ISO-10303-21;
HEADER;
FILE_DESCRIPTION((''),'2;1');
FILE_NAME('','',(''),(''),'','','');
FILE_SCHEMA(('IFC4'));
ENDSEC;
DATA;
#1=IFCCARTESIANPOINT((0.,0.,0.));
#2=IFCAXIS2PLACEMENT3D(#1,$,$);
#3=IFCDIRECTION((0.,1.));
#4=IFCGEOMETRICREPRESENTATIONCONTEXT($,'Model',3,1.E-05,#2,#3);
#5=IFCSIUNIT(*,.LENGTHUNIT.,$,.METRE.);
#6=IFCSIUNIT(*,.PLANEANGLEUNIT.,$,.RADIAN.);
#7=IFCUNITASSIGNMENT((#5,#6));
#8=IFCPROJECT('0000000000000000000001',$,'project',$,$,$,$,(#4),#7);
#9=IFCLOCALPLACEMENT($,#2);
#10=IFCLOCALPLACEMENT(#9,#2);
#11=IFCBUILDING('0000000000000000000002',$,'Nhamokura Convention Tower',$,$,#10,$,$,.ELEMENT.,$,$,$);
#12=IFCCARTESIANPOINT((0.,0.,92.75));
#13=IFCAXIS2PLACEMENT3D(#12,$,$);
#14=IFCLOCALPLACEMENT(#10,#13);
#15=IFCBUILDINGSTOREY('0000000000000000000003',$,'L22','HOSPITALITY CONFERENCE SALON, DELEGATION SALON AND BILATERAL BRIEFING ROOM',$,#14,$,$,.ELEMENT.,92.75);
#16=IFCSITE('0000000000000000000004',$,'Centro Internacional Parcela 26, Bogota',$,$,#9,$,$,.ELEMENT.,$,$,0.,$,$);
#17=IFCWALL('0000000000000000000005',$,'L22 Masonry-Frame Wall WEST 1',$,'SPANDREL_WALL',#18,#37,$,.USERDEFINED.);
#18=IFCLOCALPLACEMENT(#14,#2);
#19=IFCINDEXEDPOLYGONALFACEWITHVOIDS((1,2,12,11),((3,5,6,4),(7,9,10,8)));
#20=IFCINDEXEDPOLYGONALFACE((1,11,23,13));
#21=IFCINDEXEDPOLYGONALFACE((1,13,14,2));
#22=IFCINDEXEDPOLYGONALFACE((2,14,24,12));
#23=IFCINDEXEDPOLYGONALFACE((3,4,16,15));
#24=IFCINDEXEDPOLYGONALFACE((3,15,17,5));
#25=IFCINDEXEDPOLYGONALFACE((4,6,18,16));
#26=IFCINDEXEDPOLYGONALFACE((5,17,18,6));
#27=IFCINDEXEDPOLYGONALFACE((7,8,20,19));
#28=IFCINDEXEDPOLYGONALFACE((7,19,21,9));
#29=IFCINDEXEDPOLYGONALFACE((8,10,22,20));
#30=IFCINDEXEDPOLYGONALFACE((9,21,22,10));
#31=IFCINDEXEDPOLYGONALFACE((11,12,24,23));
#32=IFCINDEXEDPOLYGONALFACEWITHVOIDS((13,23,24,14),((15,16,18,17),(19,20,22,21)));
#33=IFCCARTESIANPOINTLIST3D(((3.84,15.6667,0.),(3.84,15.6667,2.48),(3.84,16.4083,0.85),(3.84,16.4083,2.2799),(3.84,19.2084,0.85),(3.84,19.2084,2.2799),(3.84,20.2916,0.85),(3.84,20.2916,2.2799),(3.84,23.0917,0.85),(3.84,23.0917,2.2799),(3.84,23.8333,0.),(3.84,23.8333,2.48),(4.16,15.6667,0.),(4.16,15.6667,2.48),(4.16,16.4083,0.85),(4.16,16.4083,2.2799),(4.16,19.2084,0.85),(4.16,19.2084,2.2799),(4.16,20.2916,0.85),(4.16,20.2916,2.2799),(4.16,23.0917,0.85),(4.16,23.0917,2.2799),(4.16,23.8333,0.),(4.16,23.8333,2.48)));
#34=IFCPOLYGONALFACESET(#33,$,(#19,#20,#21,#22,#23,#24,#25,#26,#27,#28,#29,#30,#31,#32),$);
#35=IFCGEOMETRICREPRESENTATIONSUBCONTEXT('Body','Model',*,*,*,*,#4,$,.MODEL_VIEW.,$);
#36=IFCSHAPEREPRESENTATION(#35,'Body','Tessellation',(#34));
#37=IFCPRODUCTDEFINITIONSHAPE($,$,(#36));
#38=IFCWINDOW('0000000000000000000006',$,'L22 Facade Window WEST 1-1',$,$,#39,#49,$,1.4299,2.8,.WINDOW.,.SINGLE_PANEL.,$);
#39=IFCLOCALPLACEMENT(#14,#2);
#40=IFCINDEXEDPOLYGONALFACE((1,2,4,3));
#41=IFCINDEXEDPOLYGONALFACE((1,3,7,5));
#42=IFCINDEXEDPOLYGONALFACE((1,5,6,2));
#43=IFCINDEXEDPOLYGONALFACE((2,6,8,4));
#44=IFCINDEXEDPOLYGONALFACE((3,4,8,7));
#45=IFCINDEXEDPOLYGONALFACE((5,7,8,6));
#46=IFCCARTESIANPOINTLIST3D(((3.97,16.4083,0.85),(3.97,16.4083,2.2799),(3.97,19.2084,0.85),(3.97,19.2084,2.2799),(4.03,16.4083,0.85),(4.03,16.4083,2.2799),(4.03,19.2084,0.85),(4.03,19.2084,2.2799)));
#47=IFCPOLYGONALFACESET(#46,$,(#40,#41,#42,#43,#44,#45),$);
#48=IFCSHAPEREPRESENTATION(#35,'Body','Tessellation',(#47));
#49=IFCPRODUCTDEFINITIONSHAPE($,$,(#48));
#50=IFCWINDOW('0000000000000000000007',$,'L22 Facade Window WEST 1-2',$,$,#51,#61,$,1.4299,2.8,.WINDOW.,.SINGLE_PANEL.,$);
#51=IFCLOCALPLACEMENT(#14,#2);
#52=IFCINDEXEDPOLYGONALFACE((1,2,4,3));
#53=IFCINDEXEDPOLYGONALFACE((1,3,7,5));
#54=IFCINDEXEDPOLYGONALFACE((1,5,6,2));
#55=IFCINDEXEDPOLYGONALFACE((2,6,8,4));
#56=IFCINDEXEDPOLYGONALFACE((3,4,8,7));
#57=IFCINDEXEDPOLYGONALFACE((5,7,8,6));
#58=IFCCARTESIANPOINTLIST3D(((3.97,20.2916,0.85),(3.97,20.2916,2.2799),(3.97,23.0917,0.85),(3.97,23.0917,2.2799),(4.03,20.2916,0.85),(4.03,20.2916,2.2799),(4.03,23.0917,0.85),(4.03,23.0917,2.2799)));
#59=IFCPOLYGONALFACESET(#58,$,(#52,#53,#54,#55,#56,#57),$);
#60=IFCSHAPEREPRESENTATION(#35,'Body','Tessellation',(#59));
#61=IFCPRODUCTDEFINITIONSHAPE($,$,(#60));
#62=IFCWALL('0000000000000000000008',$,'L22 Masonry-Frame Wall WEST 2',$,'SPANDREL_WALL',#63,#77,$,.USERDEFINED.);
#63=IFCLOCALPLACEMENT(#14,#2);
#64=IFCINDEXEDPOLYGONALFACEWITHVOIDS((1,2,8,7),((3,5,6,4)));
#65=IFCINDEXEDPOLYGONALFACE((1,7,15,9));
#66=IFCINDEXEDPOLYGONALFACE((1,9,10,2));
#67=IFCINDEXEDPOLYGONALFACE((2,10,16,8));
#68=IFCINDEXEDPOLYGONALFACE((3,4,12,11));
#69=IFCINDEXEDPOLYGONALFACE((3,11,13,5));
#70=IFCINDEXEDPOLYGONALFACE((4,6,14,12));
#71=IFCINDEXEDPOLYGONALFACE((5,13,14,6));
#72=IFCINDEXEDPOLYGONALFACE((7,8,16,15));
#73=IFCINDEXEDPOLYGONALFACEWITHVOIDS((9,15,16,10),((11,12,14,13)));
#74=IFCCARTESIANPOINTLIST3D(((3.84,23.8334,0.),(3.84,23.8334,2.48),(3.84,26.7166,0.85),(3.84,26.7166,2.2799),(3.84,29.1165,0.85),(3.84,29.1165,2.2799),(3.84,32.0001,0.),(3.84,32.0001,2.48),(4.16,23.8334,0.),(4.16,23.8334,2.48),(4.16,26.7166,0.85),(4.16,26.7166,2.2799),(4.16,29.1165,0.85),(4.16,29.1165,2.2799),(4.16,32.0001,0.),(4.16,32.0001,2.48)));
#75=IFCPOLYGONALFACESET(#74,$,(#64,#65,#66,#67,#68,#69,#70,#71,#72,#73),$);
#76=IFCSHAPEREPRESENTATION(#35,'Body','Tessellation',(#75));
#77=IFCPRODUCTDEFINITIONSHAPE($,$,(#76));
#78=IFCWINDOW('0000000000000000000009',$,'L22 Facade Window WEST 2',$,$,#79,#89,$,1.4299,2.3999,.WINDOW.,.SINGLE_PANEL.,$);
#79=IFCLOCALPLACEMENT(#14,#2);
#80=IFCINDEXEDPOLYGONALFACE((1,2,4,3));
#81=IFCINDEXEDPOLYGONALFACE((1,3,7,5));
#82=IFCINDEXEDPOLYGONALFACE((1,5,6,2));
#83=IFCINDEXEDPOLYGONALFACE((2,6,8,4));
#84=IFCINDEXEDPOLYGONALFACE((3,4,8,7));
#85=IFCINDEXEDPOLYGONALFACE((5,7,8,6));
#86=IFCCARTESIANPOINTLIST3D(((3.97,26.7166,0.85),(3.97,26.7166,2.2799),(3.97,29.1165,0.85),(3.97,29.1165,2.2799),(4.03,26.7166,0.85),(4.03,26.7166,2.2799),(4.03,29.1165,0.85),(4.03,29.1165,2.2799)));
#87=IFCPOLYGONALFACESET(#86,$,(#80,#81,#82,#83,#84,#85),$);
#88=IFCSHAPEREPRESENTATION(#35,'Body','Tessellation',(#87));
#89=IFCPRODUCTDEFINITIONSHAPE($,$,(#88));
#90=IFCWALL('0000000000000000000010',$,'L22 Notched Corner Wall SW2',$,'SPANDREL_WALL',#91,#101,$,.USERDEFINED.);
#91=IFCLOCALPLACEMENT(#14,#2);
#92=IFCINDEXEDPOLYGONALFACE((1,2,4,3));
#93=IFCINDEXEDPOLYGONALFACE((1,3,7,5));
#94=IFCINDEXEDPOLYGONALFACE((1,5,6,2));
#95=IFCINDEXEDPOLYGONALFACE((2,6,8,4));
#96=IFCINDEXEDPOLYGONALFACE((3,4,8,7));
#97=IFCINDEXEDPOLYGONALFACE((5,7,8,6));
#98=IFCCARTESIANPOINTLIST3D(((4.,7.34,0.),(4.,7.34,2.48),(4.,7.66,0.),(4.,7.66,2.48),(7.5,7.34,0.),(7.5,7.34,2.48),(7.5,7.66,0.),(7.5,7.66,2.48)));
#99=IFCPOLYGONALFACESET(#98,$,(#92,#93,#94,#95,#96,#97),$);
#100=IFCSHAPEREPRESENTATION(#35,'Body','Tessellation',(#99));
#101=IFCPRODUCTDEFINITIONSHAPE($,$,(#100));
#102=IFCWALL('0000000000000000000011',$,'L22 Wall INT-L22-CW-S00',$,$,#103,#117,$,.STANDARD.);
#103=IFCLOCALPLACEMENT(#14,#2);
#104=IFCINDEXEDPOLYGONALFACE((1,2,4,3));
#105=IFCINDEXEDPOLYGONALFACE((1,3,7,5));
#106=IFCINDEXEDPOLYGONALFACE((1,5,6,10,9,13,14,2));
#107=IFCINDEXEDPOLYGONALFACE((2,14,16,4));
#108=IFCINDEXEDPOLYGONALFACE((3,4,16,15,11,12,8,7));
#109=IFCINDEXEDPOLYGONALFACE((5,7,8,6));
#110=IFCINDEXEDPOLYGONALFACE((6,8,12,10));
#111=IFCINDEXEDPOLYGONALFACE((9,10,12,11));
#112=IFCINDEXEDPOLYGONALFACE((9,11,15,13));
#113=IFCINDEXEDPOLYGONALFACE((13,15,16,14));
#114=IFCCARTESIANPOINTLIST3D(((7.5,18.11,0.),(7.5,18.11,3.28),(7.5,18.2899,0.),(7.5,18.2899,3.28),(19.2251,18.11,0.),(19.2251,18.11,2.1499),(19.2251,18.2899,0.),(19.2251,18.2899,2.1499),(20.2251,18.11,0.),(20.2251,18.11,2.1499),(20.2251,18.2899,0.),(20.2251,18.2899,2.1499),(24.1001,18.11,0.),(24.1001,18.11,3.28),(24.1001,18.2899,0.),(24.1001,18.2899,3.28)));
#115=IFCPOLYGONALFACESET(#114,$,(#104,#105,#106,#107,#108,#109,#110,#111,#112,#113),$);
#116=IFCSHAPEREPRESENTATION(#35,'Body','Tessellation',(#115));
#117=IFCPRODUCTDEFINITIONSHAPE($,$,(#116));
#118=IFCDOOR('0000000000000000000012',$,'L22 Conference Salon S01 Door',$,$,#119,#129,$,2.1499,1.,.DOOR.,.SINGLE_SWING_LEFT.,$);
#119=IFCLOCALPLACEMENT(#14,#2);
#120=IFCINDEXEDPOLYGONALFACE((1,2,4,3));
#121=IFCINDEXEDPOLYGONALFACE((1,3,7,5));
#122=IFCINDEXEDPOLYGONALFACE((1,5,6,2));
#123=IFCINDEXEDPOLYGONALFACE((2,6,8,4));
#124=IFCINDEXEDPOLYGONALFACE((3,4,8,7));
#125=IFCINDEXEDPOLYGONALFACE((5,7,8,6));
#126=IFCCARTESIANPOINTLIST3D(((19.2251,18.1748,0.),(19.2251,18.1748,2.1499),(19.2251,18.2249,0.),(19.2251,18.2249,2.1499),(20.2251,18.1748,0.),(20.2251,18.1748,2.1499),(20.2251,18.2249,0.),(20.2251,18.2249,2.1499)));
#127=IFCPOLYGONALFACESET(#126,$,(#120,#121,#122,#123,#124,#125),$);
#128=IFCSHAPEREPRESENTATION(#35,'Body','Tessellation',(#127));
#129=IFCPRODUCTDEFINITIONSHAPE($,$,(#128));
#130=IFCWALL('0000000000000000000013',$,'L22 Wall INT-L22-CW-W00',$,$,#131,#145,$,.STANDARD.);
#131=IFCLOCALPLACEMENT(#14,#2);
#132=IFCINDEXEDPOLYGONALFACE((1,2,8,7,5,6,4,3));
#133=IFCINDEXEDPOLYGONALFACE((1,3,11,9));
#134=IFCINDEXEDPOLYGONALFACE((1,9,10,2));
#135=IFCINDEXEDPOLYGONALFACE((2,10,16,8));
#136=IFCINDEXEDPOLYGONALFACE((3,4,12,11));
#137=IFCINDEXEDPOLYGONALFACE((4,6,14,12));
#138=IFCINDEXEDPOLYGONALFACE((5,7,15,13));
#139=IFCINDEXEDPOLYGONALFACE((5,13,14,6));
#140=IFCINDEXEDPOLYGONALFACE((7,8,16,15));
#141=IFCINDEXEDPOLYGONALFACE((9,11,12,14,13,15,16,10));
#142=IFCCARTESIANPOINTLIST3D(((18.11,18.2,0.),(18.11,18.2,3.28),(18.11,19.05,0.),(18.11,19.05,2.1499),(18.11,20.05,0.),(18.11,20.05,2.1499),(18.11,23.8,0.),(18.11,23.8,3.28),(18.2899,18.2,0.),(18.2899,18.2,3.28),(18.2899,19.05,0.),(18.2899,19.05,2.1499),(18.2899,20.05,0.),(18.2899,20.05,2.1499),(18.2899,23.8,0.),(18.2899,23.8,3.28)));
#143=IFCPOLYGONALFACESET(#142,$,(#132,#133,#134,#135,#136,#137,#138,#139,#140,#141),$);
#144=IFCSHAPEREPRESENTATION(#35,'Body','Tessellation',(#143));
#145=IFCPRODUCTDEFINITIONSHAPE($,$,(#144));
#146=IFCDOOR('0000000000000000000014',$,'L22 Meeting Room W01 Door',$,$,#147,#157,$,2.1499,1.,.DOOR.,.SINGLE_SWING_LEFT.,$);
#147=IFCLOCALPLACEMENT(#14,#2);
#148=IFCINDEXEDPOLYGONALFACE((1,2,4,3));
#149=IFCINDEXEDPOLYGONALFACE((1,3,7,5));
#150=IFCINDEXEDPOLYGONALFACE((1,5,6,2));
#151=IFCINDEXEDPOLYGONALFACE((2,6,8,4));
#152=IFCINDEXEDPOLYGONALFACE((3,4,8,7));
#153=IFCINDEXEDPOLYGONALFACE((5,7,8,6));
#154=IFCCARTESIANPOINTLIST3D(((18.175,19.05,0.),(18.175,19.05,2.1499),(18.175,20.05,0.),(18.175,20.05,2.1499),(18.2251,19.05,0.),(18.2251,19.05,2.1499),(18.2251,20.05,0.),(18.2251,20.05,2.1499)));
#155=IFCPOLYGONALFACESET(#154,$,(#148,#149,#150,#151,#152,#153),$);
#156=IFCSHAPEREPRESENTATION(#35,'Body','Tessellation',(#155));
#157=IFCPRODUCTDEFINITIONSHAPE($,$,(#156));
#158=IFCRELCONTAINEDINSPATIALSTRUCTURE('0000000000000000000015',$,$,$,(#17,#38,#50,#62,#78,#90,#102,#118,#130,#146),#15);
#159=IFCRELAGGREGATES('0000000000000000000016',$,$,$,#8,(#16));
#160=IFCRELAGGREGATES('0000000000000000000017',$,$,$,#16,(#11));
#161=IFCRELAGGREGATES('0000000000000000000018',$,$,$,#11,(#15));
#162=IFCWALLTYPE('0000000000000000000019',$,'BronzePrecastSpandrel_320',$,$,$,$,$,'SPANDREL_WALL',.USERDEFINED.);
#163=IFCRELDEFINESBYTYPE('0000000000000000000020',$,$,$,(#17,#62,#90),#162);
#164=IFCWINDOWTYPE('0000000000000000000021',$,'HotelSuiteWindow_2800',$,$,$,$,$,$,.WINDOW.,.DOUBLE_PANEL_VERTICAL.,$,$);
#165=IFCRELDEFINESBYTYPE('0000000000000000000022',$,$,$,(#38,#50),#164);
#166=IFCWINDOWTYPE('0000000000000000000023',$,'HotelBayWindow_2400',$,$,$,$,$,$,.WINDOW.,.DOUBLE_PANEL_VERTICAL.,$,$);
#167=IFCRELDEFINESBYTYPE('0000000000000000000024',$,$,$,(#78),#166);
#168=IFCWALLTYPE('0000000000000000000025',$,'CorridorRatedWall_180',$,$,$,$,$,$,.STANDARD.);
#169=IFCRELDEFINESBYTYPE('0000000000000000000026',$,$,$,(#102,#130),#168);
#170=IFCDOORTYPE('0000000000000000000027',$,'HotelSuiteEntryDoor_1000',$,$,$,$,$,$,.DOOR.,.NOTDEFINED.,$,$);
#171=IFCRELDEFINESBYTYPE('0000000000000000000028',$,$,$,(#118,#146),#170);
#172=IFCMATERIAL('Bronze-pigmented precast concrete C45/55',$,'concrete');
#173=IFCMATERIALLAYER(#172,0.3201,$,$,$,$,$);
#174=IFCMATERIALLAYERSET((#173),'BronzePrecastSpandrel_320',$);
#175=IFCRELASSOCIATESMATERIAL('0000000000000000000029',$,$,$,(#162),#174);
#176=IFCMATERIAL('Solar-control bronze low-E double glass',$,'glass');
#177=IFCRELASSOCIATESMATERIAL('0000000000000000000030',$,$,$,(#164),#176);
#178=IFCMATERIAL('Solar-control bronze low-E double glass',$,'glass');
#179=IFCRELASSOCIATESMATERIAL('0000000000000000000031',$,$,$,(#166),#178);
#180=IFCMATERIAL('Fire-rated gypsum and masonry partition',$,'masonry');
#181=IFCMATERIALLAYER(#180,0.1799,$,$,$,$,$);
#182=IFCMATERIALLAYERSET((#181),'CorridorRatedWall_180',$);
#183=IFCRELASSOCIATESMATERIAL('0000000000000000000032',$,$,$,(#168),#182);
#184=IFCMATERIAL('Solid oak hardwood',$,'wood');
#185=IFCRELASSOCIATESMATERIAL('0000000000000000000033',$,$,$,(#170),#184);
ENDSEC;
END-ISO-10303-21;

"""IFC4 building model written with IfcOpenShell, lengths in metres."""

from ifc_helpers import new_model, si_unit, direction, frame, frame_2d, origin, place, context, subcontext, project, spatial, rectangle, extrude, material, layer, layer_set, type_object, element, fill, save


model = new_model("IFC4")

# Units and contexts
model_context = context("Model", 3, precision=1e-05, world=origin(), true_north=direction((0.0, 1.0)))
body_context = subcontext(model_context, "Body", "Model", "MODEL_VIEW")
ifc_project = project(units=[si_unit("LENGTHUNIT", "METRE"), si_unit("PLANEANGLEUNIT", "RADIAN")], contexts=[model_context])

# Site, building, storey
site_placement = place(None, origin())
site = spatial("IfcSite", under=ifc_project, at=site_placement, Name="Centro Internacional Parcela 26, Bogota", CompositionType="ELEMENT", RefElevation=0.0)
building_placement = place(site_placement, origin())
building = spatial("IfcBuilding", under=site, at=building_placement, Name="Nhamokura Convention Tower", CompositionType="ELEMENT")
storey_placement = place(building_placement, frame((0.0, 0.0, 92.75)))
storey = spatial("IfcBuildingStorey", under=building, at=storey_placement, Name="L22", Description="HOSPITALITY CONFERENCE SALON, DELEGATION SALON AND BILATERAL BRIEFING ROOM", CompositionType="ELEMENT", Elevation=92.75)

# Wall, openings, windows
ifc_material_1 = material(Name="Bronze-pigmented precast concrete C45/55", Category="concrete")
ifc_layer_1 = layer(ifc_material_1, 0.3201)
ifc_layer_set_1 = layer_set([ifc_layer_1], Name="BronzePrecastSpandrel_320")
wall_type_1 = type_object("IfcWallType", Name="BronzePrecastSpandrel_320", ElementType="SPANDREL_WALL", PredefinedType="USERDEFINED", material=ifc_layer_set_1)
wall_1_placement = place(storey_placement, frame((4.0, 15.6667, 0.0), z_axis=(0.0, 0.0, 1.0), x_axis=(0.0, 1.0, 0.0)))
wall_1 = element("IfcWall", 1, at=wall_1_placement, inside=storey, type_object=wall_type_1, Name="L22 Masonry-Frame Wall WEST 1", ObjectType="SPANDREL_WALL", PredefinedType="USERDEFINED", context=body_context, shape_type="SweptSolid", body=[
    extrude(rectangle(XDim=8.1665, YDim=0.3201, at=frame_2d((4.0833, 0.0))), origin(), (0.0, 0.0, 1.0), 2.48),
])
opening_1_placement = place(wall_1_placement, frame((0.7417, 0.0, 0.8501)))
opening_1 = element("IfcOpeningElement", 2, at=opening_1_placement, cuts=wall_1, PredefinedType="OPENING", context=body_context, shape_type="SweptSolid", body=[
    extrude(rectangle(XDim=2.8, YDim=1.4299, at=frame_2d((1.3999, 0.7148))), frame((0.0, 0.1699, 0.0), z_axis=(0.0, -1.0, 0.0), x_axis=(1.0, 0.0, 0.0)), (0.0, 0.0, 1.0), 0.3401),
])
opening_2_placement = place(wall_1_placement, frame((4.625, 0.0, 0.8501)))
opening_2 = element("IfcOpeningElement", 3, at=opening_2_placement, cuts=wall_1, PredefinedType="OPENING", context=body_context, shape_type="SweptSolid", body=[
    extrude(rectangle(XDim=2.8, YDim=1.4299, at=frame_2d((1.3999, 0.7148))), frame((0.0, 0.1699, 0.0), z_axis=(0.0, -1.0, 0.0), x_axis=(1.0, 0.0, 0.0)), (0.0, 0.0, 1.0), 0.3401),
])
ifc_material_2 = material(Name="Solar-control bronze low-E double glass", Category="glass")
window_type_1 = type_object("IfcWindowType", Name="HotelSuiteWindow_2800", PartitioningType="DOUBLE_PANEL_VERTICAL", PredefinedType="WINDOW", material=ifc_material_2)
window_1_placement = place(opening_1_placement, origin())
window_1 = element("IfcWindow", 4, at=window_1_placement, inside=storey, type_object=window_type_1, Name="L22 Facade Window WEST 1-1", OverallHeight=1.4299, OverallWidth=2.8, PartitioningType="SINGLE_PANEL", PredefinedType="WINDOW", context=body_context, shape_type="SweptSolid", body=[
    extrude(rectangle(XDim=2.8, YDim=1.4299, at=frame_2d((1.3999, 0.7148))), frame((0.0, 0.03, 0.0), z_axis=(0.0, -1.0, 0.0), x_axis=(1.0, 0.0, 0.0)), (0.0, 0.0, 1.0), 0.0601),
])
fill(opening_1, window_1)
window_2_placement = place(opening_2_placement, origin())
window_2 = element("IfcWindow", 5, at=window_2_placement, inside=storey, type_object=window_type_1, Name="L22 Facade Window WEST 1-2", OverallHeight=1.4299, OverallWidth=2.8, PartitioningType="SINGLE_PANEL", PredefinedType="WINDOW", context=body_context, shape_type="SweptSolid", body=[
    extrude(rectangle(XDim=2.8, YDim=1.4299, at=frame_2d((1.3999, 0.7148))), frame((0.0, 0.03, 0.0), z_axis=(0.0, -1.0, 0.0), x_axis=(1.0, 0.0, 0.0)), (0.0, 0.0, 1.0), 0.0601),
])
fill(opening_2, window_2)

# Wall, opening, window
wall_2_placement = place(storey_placement, frame((4.0, 23.8333, 0.0), z_axis=(0.0, 0.0, 1.0), x_axis=(0.0, 1.0, 0.0)))
wall_2 = element("IfcWall", 6, at=wall_2_placement, inside=storey, type_object=wall_type_1, Name="L22 Masonry-Frame Wall WEST 2", ObjectType="SPANDREL_WALL", PredefinedType="USERDEFINED", context=body_context, shape_type="SweptSolid", body=[
    extrude(rectangle(XDim=8.1667, YDim=0.3201, at=frame_2d((4.0835, 0.0))), origin(), (0.0, 0.0, 1.0), 2.48),
])
opening_3_placement = place(wall_2_placement, frame((2.8833, 0.0, 0.8501)))
opening_3 = element("IfcOpeningElement", 7, at=opening_3_placement, cuts=wall_2, PredefinedType="OPENING", context=body_context, shape_type="SweptSolid", body=[
    extrude(rectangle(XDim=2.3999, YDim=1.4299, at=frame_2d((1.2, 0.7148))), frame((0.0, 0.1699, 0.0), z_axis=(0.0, -1.0, 0.0), x_axis=(1.0, 0.0, 0.0)), (0.0, 0.0, 1.0), 0.3401),
])
ifc_material_3 = material(Name="Solar-control bronze low-E double glass", Category="glass")
window_type_2 = type_object("IfcWindowType", Name="HotelBayWindow_2400", PartitioningType="DOUBLE_PANEL_VERTICAL", PredefinedType="WINDOW", material=ifc_material_3)
window_3_placement = place(opening_3_placement, origin())
window_3 = element("IfcWindow", 8, at=window_3_placement, inside=storey, type_object=window_type_2, Name="L22 Facade Window WEST 2", OverallHeight=1.4299, OverallWidth=2.3999, PartitioningType="SINGLE_PANEL", PredefinedType="WINDOW", context=body_context, shape_type="SweptSolid", body=[
    extrude(rectangle(XDim=2.3999, YDim=1.4299, at=frame_2d((1.2, 0.7148))), frame((0.0, 0.03, 0.0), z_axis=(0.0, -1.0, 0.0), x_axis=(1.0, 0.0, 0.0)), (0.0, 0.0, 1.0), 0.0601),
])
fill(opening_3, window_3)

# Wall
wall_3_placement = place(storey_placement, frame((7.5, 7.5, 0.0), z_axis=(0.0, 0.0, 1.0), x_axis=(-1.0, 0.0, 0.0)))
element("IfcWall", 9, at=wall_3_placement, inside=storey, type_object=wall_type_1, Name="L22 Notched Corner Wall SW2", ObjectType="SPANDREL_WALL", PredefinedType="USERDEFINED", context=body_context, shape_type="SweptSolid", body=[
    extrude(rectangle(XDim=3.5, YDim=0.3201, at=frame_2d((1.75, 0.0))), origin(), (0.0, 0.0, 1.0), 2.48),
])

# Walls, openings, doors
ifc_material_4 = material(Name="Fire-rated gypsum and masonry partition", Category="masonry")
ifc_layer_2 = layer(ifc_material_4, 0.1799)
ifc_layer_set_2 = layer_set([ifc_layer_2], Name="CorridorRatedWall_180")
wall_type_2 = type_object("IfcWallType", Name="CorridorRatedWall_180", PredefinedType="STANDARD", material=ifc_layer_set_2)
wall_4_placement = place(storey_placement, frame((7.5, 18.2, 0.0), z_axis=(0.0, 0.0, 1.0), x_axis=(1.0, 0.0, 0.0)))
wall_4 = element("IfcWall", 10, at=wall_4_placement, inside=storey, type_object=wall_type_2, Name="L22 Wall INT-L22-CW-S00", PredefinedType="STANDARD", context=body_context, shape_type="SweptSolid", body=[
    extrude(rectangle(XDim=16.6001, YDim=0.1799, at=frame_2d((8.3, 0.0))), origin(), (0.0, 0.0, 1.0), 3.28),
])
opening_4_placement = place(wall_4_placement, frame((11.7251, 0.0, 0.0)))
opening_4 = element("IfcOpeningElement", 11, at=opening_4_placement, cuts=wall_4, PredefinedType="OPENING", context=body_context, shape_type="SweptSolid", body=[
    extrude(rectangle(XDim=1.0, YDim=2.1499, at=frame_2d((0.5, 1.075))), frame((0.0, 0.0999, 0.0), z_axis=(0.0, -1.0, 0.0), x_axis=(1.0, 0.0, 0.0)), (0.0, 0.0, 1.0), 0.2),
])
ifc_material_5 = material(Name="Solid oak hardwood", Category="wood")
door_type = type_object("IfcDoorType", Name="HotelSuiteEntryDoor_1000", OperationType="NOTDEFINED", PredefinedType="DOOR", material=ifc_material_5)
door_1_placement = place(opening_4_placement, origin())
door_1 = element("IfcDoor", 12, at=door_1_placement, inside=storey, type_object=door_type, Name="L22 Conference Salon S01 Door", OperationType="SINGLE_SWING_LEFT", OverallHeight=2.1499, OverallWidth=1.0, PredefinedType="DOOR", context=body_context, shape_type="SweptSolid", body=[
    extrude(rectangle(XDim=1.0, YDim=2.1499, at=frame_2d((0.5, 1.075))), frame((0.0, 0.0249, 0.0), z_axis=(0.0, -1.0, 0.0), x_axis=(1.0, 0.0, 0.0)), (0.0, 0.0, 1.0), 0.05),
])
fill(opening_4, door_1)
wall_5_placement = place(storey_placement, frame((18.2, 18.2, 0.0), z_axis=(0.0, 0.0, 1.0), x_axis=(0.0, 1.0, 0.0)))
wall_5 = element("IfcWall", 13, at=wall_5_placement, inside=storey, type_object=wall_type_2, Name="L22 Wall INT-L22-CW-W00", PredefinedType="STANDARD", context=body_context, shape_type="SweptSolid", body=[
    extrude(rectangle(XDim=5.6001, YDim=0.1799, at=frame_2d((2.8, 0.0))), origin(), (0.0, 0.0, 1.0), 3.28),
])
opening_5_placement = place(wall_5_placement, frame((0.8501, 0.0, 0.0)))
opening_5 = element("IfcOpeningElement", 14, at=opening_5_placement, cuts=wall_5, PredefinedType="OPENING", context=body_context, shape_type="SweptSolid", body=[
    extrude(rectangle(XDim=1.0, YDim=2.1499, at=frame_2d((0.5, 1.075))), frame((0.0, 0.0999, 0.0), z_axis=(0.0, -1.0, 0.0), x_axis=(1.0, 0.0, 0.0)), (0.0, 0.0, 1.0), 0.2),
])
door_2_placement = place(opening_5_placement, origin())
door_2 = element("IfcDoor", 15, at=door_2_placement, inside=storey, type_object=door_type, Name="L22 Meeting Room W01 Door", OperationType="SINGLE_SWING_LEFT", OverallHeight=2.1499, OverallWidth=1.0, PredefinedType="DOOR", context=body_context, shape_type="SweptSolid", body=[
    extrude(rectangle(XDim=1.0, YDim=2.1499, at=frame_2d((0.5, 1.075))), frame((0.0, 0.0249, 0.0), z_axis=(0.0, -1.0, 0.0), x_axis=(1.0, 0.0, 0.0)), (0.0, 0.0, 1.0), 0.05),
])
fill(opening_5, door_2)

save(model, "model.ifc")
